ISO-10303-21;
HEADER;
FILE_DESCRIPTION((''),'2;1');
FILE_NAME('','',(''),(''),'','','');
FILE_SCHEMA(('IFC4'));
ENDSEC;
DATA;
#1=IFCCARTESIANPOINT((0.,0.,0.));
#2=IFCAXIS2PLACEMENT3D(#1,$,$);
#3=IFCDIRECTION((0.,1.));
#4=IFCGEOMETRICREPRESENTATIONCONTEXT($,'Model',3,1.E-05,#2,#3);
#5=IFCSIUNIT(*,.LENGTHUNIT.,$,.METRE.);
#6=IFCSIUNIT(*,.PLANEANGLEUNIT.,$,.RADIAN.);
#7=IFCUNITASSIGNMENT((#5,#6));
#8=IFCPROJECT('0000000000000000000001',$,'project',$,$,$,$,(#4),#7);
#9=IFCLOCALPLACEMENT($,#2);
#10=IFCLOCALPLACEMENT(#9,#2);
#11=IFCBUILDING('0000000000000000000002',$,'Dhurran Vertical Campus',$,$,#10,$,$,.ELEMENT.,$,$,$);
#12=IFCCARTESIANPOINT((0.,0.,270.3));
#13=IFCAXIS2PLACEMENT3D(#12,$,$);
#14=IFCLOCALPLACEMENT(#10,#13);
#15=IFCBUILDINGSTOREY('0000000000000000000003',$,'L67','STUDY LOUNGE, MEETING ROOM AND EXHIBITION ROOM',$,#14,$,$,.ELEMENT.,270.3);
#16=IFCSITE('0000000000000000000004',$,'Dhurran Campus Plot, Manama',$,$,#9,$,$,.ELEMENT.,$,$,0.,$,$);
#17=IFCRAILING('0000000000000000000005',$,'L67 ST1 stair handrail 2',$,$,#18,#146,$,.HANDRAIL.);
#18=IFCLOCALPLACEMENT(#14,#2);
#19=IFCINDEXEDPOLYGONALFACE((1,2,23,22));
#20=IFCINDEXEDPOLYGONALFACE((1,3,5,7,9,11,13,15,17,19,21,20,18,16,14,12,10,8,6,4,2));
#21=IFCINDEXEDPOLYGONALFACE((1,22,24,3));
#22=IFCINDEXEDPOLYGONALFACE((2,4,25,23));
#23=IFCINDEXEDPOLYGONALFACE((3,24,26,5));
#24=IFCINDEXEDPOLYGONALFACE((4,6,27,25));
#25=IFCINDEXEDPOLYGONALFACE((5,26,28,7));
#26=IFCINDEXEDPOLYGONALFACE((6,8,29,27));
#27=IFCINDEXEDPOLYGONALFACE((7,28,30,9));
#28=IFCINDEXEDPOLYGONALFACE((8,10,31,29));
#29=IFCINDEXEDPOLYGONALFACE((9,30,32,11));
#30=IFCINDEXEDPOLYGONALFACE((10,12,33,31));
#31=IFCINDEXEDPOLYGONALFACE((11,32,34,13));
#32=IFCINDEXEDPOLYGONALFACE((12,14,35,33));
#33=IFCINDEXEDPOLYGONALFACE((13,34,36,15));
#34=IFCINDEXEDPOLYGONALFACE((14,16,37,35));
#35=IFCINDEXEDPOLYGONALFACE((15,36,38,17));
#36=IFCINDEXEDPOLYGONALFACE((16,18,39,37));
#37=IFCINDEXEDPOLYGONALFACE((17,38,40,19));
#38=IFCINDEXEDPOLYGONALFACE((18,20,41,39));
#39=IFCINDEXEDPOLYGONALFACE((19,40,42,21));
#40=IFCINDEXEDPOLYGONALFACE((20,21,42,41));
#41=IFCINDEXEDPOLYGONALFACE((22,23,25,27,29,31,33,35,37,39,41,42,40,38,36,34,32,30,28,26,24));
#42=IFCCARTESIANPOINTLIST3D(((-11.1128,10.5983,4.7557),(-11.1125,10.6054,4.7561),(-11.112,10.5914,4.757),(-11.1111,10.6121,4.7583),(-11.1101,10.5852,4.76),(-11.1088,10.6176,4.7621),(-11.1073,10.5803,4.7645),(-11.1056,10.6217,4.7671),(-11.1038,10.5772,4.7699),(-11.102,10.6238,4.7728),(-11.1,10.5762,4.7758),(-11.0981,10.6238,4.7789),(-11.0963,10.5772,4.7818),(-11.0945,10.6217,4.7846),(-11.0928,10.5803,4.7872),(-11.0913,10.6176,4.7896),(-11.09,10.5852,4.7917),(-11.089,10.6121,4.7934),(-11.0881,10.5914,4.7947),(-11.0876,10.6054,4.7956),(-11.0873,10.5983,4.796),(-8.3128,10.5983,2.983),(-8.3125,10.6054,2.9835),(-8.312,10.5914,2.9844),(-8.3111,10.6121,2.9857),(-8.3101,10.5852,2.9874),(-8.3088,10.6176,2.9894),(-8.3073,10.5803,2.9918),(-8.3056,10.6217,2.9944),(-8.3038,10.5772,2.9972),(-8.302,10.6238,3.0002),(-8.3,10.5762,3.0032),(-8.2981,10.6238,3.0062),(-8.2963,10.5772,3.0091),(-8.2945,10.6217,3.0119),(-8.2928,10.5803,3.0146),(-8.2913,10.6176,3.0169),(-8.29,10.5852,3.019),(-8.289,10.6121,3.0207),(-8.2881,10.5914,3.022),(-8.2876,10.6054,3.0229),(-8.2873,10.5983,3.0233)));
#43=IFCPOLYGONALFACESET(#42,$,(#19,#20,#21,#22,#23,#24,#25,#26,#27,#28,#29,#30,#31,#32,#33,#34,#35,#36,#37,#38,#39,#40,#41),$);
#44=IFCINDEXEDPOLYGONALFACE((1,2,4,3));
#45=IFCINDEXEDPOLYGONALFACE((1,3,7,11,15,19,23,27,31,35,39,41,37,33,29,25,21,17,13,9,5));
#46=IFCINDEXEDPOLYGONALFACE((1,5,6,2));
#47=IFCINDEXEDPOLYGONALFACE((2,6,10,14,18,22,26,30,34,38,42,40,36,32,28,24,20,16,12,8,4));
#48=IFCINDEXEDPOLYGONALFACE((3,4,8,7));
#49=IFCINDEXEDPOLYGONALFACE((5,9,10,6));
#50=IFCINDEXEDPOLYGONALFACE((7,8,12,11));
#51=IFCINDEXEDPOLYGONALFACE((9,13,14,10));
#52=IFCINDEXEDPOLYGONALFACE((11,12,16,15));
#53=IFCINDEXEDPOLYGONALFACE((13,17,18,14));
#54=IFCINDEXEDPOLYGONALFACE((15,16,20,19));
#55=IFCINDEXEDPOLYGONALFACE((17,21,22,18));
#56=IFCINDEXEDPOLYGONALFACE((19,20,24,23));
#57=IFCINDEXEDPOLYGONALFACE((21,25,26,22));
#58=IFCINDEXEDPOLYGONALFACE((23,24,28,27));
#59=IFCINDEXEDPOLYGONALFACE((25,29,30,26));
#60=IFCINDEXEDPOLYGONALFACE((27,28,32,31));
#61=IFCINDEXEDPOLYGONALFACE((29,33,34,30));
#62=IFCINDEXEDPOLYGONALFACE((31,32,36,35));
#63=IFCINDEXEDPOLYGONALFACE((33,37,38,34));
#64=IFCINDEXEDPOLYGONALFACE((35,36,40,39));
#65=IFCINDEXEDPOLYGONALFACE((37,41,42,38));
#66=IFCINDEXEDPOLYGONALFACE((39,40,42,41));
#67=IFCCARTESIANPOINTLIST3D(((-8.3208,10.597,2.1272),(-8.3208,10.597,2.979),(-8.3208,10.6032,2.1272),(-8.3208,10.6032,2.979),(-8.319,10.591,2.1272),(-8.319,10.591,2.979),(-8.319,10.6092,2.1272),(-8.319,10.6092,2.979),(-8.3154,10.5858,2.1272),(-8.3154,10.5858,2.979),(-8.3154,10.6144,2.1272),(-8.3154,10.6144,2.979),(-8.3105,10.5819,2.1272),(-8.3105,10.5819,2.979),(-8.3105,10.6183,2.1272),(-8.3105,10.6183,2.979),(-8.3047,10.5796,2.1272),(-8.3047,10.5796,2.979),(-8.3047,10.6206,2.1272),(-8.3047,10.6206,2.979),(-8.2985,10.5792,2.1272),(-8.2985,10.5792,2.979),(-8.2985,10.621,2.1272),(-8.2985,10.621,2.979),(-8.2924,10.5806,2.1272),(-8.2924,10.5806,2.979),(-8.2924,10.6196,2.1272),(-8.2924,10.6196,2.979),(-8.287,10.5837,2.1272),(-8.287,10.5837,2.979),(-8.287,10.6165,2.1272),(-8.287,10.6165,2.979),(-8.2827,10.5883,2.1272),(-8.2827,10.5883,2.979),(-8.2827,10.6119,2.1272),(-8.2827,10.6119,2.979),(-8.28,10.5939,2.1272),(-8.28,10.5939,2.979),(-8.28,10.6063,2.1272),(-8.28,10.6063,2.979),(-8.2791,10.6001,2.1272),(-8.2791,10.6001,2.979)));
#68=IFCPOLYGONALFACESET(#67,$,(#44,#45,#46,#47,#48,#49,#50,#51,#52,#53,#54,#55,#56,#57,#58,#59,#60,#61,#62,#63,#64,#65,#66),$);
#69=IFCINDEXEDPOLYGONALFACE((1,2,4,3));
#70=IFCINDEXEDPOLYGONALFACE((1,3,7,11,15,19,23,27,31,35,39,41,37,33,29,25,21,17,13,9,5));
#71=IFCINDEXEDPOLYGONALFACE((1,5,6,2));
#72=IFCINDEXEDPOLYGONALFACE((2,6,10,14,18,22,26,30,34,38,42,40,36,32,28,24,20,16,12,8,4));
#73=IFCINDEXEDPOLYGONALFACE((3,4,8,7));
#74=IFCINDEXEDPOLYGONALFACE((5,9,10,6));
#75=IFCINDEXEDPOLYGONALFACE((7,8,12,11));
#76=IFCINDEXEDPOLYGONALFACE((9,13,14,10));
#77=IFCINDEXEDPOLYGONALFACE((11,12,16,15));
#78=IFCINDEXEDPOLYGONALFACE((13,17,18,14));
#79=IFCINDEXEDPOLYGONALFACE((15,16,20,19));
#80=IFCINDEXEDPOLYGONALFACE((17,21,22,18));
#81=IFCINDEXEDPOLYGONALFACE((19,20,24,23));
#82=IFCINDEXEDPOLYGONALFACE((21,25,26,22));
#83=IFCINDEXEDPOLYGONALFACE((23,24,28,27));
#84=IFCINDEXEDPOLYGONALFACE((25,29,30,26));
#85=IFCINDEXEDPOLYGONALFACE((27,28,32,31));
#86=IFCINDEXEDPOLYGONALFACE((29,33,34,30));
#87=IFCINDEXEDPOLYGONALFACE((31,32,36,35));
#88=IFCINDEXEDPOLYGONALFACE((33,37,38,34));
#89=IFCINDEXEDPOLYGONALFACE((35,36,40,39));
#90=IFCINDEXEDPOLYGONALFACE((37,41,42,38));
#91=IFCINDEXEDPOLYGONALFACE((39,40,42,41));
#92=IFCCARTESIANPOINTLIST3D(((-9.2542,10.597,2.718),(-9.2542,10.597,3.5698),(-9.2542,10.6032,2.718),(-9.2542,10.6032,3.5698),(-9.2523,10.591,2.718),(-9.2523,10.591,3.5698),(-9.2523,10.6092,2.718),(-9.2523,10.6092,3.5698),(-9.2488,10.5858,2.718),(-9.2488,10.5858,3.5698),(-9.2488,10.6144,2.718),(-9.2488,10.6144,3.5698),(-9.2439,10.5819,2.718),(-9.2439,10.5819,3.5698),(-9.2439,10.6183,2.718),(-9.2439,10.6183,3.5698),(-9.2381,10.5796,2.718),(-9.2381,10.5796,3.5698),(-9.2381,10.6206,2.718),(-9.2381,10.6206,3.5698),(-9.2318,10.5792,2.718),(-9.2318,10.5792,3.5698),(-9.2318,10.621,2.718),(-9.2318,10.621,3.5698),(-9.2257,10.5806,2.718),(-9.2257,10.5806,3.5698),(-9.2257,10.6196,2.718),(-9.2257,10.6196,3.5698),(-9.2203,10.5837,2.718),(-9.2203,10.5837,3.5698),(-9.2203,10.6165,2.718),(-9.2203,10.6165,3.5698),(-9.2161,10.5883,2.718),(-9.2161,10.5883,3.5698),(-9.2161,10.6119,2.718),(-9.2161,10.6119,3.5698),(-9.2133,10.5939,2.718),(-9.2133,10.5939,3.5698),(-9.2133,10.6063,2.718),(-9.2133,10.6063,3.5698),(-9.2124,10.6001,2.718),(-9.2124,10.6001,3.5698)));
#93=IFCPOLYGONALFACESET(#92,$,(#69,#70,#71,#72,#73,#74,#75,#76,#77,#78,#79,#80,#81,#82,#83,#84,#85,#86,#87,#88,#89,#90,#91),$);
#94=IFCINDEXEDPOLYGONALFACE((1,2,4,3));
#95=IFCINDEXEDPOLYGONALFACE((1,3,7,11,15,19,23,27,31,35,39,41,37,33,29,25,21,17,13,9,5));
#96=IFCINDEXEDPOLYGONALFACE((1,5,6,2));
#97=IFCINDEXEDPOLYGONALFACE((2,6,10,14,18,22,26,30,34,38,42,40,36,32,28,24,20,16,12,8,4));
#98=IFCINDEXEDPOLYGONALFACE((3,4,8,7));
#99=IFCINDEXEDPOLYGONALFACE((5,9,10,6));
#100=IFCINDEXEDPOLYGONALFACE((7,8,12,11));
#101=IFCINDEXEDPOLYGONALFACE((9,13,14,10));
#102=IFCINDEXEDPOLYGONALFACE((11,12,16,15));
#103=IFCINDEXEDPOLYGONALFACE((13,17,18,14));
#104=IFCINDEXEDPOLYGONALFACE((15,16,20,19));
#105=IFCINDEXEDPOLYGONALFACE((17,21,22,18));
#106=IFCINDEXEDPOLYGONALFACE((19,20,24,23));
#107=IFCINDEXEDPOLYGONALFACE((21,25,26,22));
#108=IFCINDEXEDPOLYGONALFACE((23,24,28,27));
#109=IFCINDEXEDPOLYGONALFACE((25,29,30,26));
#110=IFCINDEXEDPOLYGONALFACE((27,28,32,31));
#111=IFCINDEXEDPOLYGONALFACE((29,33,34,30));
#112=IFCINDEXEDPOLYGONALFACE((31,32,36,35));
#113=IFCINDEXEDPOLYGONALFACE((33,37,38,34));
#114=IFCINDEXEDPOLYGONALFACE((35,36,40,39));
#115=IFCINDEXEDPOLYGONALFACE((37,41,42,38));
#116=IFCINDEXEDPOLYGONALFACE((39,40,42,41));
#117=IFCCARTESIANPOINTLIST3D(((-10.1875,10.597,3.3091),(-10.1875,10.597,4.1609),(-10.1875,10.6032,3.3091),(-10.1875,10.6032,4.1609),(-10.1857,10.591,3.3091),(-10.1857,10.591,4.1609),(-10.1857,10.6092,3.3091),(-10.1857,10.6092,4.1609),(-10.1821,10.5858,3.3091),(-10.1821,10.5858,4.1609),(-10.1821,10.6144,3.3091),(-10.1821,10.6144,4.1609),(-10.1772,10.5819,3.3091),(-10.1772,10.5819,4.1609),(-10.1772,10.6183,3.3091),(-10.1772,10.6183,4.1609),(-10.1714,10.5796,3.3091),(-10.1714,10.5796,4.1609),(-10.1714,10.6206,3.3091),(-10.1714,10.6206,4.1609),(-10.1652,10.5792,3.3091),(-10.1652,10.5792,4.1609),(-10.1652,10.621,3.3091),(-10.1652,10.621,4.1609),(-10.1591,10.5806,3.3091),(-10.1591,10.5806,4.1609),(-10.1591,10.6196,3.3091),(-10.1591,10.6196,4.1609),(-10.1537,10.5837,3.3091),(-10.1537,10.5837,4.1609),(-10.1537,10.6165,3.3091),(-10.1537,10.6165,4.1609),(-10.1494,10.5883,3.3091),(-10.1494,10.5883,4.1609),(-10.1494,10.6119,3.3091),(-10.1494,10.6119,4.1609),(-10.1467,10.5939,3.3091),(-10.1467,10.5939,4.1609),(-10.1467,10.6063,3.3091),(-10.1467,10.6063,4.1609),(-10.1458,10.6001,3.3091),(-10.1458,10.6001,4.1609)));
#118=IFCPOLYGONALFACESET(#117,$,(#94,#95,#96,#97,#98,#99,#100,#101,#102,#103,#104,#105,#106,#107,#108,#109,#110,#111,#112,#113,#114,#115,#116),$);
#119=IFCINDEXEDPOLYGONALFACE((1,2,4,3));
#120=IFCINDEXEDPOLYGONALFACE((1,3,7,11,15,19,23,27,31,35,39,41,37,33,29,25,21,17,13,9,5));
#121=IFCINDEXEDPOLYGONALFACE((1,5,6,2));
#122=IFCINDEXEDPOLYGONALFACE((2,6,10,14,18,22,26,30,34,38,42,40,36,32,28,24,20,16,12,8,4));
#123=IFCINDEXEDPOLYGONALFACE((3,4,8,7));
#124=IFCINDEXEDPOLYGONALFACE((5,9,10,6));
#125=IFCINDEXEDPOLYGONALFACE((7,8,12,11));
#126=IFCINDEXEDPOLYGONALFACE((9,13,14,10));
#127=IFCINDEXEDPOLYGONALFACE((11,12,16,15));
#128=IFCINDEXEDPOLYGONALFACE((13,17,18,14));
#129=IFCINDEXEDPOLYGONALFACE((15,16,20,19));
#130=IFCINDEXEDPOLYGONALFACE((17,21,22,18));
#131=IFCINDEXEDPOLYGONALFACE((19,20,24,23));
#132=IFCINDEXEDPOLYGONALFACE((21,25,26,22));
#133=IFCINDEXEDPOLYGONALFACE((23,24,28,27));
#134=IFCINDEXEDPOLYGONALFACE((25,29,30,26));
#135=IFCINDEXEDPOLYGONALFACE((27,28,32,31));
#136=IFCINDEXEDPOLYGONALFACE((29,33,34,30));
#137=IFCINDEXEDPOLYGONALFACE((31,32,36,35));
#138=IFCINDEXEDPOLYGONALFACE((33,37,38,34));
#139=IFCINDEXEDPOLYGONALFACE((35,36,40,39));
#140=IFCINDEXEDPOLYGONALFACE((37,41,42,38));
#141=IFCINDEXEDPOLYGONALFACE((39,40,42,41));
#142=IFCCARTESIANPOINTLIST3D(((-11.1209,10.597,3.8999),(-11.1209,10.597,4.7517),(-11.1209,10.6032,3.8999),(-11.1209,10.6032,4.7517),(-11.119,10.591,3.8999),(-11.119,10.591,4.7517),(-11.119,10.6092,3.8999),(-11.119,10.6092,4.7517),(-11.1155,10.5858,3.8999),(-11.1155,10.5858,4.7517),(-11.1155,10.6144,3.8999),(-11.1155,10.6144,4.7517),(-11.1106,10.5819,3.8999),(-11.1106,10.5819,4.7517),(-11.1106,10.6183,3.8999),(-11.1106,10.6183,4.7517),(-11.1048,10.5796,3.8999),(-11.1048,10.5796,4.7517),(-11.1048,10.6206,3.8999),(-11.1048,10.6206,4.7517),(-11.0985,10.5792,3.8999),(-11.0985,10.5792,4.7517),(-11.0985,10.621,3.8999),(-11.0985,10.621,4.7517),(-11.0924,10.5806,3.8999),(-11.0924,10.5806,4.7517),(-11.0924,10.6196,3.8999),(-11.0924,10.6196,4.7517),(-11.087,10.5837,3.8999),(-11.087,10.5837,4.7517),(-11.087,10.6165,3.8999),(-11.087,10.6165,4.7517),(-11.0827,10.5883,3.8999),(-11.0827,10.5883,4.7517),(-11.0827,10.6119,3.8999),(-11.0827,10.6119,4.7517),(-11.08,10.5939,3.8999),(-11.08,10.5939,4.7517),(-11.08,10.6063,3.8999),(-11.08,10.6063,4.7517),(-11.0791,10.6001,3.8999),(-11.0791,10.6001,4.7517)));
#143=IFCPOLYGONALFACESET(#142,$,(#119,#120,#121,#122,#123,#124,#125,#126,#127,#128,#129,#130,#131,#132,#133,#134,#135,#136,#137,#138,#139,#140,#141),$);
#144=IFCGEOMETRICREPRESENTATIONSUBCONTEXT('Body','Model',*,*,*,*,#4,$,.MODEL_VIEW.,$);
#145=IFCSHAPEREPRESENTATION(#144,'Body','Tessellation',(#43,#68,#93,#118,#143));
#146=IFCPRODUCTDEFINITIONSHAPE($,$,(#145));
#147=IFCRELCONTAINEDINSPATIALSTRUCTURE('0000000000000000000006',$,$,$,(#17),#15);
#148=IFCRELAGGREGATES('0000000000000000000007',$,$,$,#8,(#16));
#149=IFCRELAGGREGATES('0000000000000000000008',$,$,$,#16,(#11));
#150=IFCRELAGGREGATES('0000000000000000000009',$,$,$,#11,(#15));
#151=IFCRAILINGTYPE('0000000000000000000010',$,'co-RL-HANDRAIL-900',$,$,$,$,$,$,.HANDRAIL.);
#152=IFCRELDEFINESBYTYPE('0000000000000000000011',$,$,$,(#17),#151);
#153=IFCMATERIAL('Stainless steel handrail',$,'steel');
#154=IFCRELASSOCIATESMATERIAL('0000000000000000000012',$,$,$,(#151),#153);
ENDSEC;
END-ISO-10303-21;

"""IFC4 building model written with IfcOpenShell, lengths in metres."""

from ifc_helpers import new_model, si_unit, direction, frame, origin, origin_2d, place, context, subcontext, project, spatial, circle, extrude, material, type_object, element, save


model = new_model("IFC4")

# Units and contexts
model_context = context("Model", 3, precision=1e-05, world=origin(), true_north=direction((0.0, 1.0)))
body_context = subcontext(model_context, "Body", "Model", "MODEL_VIEW")
ifc_project = project(units=[si_unit("LENGTHUNIT", "METRE"), si_unit("PLANEANGLEUNIT", "RADIAN")], contexts=[model_context])

# Site, building, storey
site_placement = place(None, origin())
site = spatial("IfcSite", under=ifc_project, at=site_placement, Name="Dhurran Campus Plot, Manama", CompositionType="ELEMENT", RefElevation=0.0)
building_placement = place(site_placement, origin())
building = spatial("IfcBuilding", under=site, at=building_placement, Name="Dhurran Vertical Campus", CompositionType="ELEMENT")
storey_placement = place(building_placement, frame((0.0, 0.0, 270.3)))
storey = spatial("IfcBuildingStorey", under=building, at=storey_placement, Name="L67", Description="STUDY LOUNGE, MEETING ROOM AND EXHIBITION ROOM", CompositionType="ELEMENT", Elevation=270.3)

# Railing
ifc_material_1 = material(Name="Stainless steel handrail", Category="steel")
railing_type_1 = type_object("IfcRailingType", Name="co-RL-HANDRAIL-900", PredefinedType="HANDRAIL", material=ifc_material_1)
railing_1_placement = place(storey_placement, frame((-8.3, 10.6001, 2.1272)))
element("IfcRailing", 1, at=railing_1_placement, inside=storey, type_object=railing_type_1, Name="L67 ST1 stair handrail 2", PredefinedType="HANDRAIL", context=body_context, shape_type="SweptSolid", body=[
    extrude(circle(Radius=0.0239, at=origin_2d()), frame((0.0, 0.0, 0.876), z_axis=(-0.844909, 0.0, 0.53491), x_axis=(0.0, -1.0, 0.0)), (0.0, 0.0, 1.0), 3.314),
    extrude(circle(Radius=0.021, at=origin_2d()), origin(), (0.0, 0.0, 1.0), 0.8518),
    extrude(circle(Radius=0.021, at=origin_2d()), frame((-0.9333, 0.0, 0.5908)), (0.0, 0.0, 1.0), 0.8518),
    extrude(circle(Radius=0.021, at=origin_2d()), frame((-1.8667, 0.0, 1.1819)), (0.0, 0.0, 1.0), 0.8518),
    extrude(circle(Radius=0.021, at=origin_2d()), frame((-2.8, 0.0, 1.7727)), (0.0, 0.0, 1.0), 0.8518),
])

save(model, "model.ifc")
